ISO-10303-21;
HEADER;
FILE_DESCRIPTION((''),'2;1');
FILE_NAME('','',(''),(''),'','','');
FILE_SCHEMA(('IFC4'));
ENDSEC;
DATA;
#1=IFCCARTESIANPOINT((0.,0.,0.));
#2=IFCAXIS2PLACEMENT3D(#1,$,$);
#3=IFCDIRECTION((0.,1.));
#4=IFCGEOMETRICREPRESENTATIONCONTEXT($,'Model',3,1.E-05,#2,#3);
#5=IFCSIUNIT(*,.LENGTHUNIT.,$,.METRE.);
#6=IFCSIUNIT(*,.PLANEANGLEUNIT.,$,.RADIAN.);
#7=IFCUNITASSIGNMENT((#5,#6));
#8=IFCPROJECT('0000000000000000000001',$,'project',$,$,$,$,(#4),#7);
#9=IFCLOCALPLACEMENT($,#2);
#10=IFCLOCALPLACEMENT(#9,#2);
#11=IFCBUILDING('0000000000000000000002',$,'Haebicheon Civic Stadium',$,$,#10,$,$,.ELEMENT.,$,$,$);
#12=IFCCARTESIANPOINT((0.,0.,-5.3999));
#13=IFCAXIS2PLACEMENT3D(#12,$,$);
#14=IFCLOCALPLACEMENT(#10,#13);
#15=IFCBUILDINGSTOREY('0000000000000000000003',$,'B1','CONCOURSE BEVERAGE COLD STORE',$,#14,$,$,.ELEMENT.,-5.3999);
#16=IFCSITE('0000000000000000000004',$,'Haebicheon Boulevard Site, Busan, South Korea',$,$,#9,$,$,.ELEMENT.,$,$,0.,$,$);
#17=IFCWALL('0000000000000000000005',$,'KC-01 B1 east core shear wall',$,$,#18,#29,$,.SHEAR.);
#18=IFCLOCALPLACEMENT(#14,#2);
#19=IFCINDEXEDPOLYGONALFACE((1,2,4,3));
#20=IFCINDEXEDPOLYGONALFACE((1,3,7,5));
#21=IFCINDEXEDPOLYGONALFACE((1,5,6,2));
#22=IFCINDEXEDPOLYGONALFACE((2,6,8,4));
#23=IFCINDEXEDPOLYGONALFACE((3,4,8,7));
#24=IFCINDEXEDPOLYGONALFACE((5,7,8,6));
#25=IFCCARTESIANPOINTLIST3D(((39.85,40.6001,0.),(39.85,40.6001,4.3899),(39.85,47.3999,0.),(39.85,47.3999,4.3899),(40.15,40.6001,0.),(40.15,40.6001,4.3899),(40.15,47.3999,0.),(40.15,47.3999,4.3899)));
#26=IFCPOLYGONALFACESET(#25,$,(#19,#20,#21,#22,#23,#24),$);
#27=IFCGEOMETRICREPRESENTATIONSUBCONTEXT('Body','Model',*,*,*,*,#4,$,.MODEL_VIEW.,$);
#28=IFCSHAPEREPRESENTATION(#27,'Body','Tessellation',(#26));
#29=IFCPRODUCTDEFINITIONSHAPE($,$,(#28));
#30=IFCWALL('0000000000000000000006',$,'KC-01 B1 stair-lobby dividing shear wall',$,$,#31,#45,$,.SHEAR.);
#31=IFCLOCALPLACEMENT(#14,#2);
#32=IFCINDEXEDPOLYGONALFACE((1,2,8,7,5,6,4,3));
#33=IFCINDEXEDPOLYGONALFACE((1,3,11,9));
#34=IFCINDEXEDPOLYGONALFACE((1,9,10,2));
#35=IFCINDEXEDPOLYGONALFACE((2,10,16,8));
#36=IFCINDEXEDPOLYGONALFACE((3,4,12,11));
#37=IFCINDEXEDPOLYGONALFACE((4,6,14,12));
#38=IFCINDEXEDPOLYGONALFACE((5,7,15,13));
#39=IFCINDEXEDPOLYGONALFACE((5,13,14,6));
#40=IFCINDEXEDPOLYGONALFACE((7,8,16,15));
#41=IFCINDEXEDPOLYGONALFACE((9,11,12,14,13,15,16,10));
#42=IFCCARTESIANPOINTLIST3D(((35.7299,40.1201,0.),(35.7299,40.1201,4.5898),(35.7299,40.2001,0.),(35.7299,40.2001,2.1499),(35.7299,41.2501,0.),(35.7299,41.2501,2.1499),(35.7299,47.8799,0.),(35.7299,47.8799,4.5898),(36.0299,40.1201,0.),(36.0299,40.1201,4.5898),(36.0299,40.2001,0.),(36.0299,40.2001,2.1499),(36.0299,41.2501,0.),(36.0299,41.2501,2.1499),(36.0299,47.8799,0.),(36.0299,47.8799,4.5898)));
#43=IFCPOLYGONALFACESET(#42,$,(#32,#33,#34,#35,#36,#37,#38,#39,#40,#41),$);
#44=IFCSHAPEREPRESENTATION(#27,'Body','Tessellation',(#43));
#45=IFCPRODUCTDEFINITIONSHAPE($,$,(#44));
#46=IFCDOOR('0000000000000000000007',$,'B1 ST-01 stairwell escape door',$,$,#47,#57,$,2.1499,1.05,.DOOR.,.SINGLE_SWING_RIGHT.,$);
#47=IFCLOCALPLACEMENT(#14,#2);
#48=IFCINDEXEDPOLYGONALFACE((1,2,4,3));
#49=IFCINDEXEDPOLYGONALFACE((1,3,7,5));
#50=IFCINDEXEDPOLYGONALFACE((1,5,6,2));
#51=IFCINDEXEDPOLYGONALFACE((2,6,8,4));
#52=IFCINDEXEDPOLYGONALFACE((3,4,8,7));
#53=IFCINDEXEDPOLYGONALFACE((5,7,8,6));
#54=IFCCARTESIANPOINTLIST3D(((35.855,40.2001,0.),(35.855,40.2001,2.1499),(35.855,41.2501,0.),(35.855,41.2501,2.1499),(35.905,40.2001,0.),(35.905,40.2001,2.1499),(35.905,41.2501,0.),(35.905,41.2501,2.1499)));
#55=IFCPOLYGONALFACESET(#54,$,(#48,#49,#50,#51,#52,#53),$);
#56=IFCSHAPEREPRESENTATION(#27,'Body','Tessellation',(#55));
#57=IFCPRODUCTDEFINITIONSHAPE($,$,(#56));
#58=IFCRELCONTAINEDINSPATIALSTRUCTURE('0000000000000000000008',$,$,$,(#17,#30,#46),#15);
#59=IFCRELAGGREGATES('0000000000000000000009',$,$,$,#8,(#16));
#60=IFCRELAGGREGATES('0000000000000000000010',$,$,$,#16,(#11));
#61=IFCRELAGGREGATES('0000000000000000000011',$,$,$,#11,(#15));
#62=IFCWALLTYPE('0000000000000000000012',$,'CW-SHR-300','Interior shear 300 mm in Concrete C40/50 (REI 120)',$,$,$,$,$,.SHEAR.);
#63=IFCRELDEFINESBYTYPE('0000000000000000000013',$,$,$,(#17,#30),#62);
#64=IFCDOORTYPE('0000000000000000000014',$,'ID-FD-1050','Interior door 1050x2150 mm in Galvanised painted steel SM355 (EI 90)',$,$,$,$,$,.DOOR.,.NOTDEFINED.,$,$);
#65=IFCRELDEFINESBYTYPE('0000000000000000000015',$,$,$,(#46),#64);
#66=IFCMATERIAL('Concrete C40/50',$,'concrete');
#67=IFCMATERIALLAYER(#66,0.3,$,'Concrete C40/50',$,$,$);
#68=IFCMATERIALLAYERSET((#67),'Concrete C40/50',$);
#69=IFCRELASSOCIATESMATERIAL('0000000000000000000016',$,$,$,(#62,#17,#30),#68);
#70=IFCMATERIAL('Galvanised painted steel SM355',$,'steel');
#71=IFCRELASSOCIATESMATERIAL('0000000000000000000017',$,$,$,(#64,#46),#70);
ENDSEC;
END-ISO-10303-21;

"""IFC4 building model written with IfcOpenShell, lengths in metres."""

from ifc_helpers import new_model, si_unit, direction, frame, frame_2d, origin, place, context, subcontext, project, spatial, rectangle, extrude, material, layer, layer_set, type_object, element, fill, save


model = new_model("IFC4")

# Units and contexts
model_context = context("Model", 3, precision=1e-05, world=origin(), true_north=direction((0.0, 1.0)))
body_context = subcontext(model_context, "Body", "Model", "MODEL_VIEW")
ifc_project = project(units=[si_unit("LENGTHUNIT", "METRE"), si_unit("PLANEANGLEUNIT", "RADIAN")], contexts=[model_context])

# Site, building, storey
site_placement = place(None, origin())
site = spatial("IfcSite", under=ifc_project, at=site_placement, Name="Haebicheon Boulevard Site, Busan, South Korea", CompositionType="ELEMENT", RefElevation=0.0)
building_placement = place(site_placement, origin())
building = spatial("IfcBuilding", under=site, at=building_placement, Name="Haebicheon Civic Stadium", CompositionType="ELEMENT")
storey_placement = place(building_placement, frame((0.0, 0.0, -5.3999)))
storey = spatial("IfcBuildingStorey", under=building, at=storey_placement, Name="B1", Description="CONCOURSE BEVERAGE COLD STORE", CompositionType="ELEMENT", Elevation=-5.3999)

# Wall
ifc_material_1 = material(Name="Concrete C40/50", Category="concrete")
ifc_layer_1 = layer(ifc_material_1, 0.3, Name="Concrete C40/50")
ifc_layer_set_1 = layer_set([ifc_layer_1], Name="Concrete C40/50")
wall_type = type_object("IfcWallType", Name="CW-SHR-300", Description="Interior shear 300 mm in Concrete C40/50 (REI 120)", PredefinedType="SHEAR", material=ifc_layer_set_1)
wall_1_placement = place(storey_placement, frame((40.0, 40.6001, 0.0), z_axis=(0.0, 0.0, 1.0), x_axis=(0.0, 1.0, 0.0)))
element("IfcWall", 1, at=wall_1_placement, inside=storey, type_object=wall_type, material=ifc_layer_set_1, Name="KC-01 B1 east core shear wall", PredefinedType="SHEAR", context=body_context, shape_type="SweptSolid", body=[
    extrude(rectangle(XDim=6.7998, YDim=0.3, at=frame_2d((3.3999, 0.0))), origin(), (0.0, 0.0, 1.0), 4.3899),
])

# Wall, opening, door
wall_2_placement = place(storey_placement, frame((35.8799, 40.1201, 0.0), z_axis=(0.0, 0.0, 1.0), x_axis=(0.0, 1.0, 0.0)))
wall_2 = element("IfcWall", 2, at=wall_2_placement, inside=storey, type_object=wall_type, material=ifc_layer_set_1, Name="KC-01 B1 stair-lobby dividing shear wall", PredefinedType="SHEAR", context=body_context, shape_type="SweptSolid", body=[
    extrude(rectangle(XDim=7.7598, YDim=0.3, at=frame_2d((3.8799, 0.0))), origin(), (0.0, 0.0, 1.0), 4.5898),
])
opening_1_placement = place(wall_2_placement, frame((0.0801, 0.0, 0.0)))
opening_1 = element("IfcOpeningElement", 3, at=opening_1_placement, cuts=wall_2, PredefinedType="OPENING", context=body_context, shape_type="SweptSolid", body=[
    extrude(rectangle(XDim=1.05, YDim=2.1499, at=frame_2d((0.5249, 1.075))), frame((0.0, 0.1599, 0.0), z_axis=(0.0, -1.0, 0.0), x_axis=(1.0, 0.0, 0.0)), (0.0, 0.0, 1.0), 0.3201),
])
ifc_material_2 = material(Name="Galvanised painted steel SM355", Category="steel")
door_type_1 = type_object("IfcDoorType", Name="ID-FD-1050", Description="Interior door 1050x2150 mm in Galvanised painted steel SM355 (EI 90)", OperationType="NOTDEFINED", PredefinedType="DOOR", material=ifc_material_2)
door_1_placement = place(opening_1_placement, origin())
door_1 = element("IfcDoor", 4, at=door_1_placement, inside=storey, type_object=door_type_1, material=ifc_material_2, Name="B1 ST-01 stairwell escape door", OperationType="SINGLE_SWING_RIGHT", OverallHeight=2.1499, OverallWidth=1.05, PredefinedType="DOOR", context=body_context, shape_type="SweptSolid", body=[
    extrude(rectangle(XDim=1.05, YDim=2.1499, at=frame_2d((0.5249, 1.075))), frame((0.0, 0.0249, 0.0), z_axis=(0.0, -1.0, 0.0), x_axis=(1.0, 0.0, 0.0)), (0.0, 0.0, 1.0), 0.05),
])
fill(opening_1, door_1)

save(model, "model.ifc")
